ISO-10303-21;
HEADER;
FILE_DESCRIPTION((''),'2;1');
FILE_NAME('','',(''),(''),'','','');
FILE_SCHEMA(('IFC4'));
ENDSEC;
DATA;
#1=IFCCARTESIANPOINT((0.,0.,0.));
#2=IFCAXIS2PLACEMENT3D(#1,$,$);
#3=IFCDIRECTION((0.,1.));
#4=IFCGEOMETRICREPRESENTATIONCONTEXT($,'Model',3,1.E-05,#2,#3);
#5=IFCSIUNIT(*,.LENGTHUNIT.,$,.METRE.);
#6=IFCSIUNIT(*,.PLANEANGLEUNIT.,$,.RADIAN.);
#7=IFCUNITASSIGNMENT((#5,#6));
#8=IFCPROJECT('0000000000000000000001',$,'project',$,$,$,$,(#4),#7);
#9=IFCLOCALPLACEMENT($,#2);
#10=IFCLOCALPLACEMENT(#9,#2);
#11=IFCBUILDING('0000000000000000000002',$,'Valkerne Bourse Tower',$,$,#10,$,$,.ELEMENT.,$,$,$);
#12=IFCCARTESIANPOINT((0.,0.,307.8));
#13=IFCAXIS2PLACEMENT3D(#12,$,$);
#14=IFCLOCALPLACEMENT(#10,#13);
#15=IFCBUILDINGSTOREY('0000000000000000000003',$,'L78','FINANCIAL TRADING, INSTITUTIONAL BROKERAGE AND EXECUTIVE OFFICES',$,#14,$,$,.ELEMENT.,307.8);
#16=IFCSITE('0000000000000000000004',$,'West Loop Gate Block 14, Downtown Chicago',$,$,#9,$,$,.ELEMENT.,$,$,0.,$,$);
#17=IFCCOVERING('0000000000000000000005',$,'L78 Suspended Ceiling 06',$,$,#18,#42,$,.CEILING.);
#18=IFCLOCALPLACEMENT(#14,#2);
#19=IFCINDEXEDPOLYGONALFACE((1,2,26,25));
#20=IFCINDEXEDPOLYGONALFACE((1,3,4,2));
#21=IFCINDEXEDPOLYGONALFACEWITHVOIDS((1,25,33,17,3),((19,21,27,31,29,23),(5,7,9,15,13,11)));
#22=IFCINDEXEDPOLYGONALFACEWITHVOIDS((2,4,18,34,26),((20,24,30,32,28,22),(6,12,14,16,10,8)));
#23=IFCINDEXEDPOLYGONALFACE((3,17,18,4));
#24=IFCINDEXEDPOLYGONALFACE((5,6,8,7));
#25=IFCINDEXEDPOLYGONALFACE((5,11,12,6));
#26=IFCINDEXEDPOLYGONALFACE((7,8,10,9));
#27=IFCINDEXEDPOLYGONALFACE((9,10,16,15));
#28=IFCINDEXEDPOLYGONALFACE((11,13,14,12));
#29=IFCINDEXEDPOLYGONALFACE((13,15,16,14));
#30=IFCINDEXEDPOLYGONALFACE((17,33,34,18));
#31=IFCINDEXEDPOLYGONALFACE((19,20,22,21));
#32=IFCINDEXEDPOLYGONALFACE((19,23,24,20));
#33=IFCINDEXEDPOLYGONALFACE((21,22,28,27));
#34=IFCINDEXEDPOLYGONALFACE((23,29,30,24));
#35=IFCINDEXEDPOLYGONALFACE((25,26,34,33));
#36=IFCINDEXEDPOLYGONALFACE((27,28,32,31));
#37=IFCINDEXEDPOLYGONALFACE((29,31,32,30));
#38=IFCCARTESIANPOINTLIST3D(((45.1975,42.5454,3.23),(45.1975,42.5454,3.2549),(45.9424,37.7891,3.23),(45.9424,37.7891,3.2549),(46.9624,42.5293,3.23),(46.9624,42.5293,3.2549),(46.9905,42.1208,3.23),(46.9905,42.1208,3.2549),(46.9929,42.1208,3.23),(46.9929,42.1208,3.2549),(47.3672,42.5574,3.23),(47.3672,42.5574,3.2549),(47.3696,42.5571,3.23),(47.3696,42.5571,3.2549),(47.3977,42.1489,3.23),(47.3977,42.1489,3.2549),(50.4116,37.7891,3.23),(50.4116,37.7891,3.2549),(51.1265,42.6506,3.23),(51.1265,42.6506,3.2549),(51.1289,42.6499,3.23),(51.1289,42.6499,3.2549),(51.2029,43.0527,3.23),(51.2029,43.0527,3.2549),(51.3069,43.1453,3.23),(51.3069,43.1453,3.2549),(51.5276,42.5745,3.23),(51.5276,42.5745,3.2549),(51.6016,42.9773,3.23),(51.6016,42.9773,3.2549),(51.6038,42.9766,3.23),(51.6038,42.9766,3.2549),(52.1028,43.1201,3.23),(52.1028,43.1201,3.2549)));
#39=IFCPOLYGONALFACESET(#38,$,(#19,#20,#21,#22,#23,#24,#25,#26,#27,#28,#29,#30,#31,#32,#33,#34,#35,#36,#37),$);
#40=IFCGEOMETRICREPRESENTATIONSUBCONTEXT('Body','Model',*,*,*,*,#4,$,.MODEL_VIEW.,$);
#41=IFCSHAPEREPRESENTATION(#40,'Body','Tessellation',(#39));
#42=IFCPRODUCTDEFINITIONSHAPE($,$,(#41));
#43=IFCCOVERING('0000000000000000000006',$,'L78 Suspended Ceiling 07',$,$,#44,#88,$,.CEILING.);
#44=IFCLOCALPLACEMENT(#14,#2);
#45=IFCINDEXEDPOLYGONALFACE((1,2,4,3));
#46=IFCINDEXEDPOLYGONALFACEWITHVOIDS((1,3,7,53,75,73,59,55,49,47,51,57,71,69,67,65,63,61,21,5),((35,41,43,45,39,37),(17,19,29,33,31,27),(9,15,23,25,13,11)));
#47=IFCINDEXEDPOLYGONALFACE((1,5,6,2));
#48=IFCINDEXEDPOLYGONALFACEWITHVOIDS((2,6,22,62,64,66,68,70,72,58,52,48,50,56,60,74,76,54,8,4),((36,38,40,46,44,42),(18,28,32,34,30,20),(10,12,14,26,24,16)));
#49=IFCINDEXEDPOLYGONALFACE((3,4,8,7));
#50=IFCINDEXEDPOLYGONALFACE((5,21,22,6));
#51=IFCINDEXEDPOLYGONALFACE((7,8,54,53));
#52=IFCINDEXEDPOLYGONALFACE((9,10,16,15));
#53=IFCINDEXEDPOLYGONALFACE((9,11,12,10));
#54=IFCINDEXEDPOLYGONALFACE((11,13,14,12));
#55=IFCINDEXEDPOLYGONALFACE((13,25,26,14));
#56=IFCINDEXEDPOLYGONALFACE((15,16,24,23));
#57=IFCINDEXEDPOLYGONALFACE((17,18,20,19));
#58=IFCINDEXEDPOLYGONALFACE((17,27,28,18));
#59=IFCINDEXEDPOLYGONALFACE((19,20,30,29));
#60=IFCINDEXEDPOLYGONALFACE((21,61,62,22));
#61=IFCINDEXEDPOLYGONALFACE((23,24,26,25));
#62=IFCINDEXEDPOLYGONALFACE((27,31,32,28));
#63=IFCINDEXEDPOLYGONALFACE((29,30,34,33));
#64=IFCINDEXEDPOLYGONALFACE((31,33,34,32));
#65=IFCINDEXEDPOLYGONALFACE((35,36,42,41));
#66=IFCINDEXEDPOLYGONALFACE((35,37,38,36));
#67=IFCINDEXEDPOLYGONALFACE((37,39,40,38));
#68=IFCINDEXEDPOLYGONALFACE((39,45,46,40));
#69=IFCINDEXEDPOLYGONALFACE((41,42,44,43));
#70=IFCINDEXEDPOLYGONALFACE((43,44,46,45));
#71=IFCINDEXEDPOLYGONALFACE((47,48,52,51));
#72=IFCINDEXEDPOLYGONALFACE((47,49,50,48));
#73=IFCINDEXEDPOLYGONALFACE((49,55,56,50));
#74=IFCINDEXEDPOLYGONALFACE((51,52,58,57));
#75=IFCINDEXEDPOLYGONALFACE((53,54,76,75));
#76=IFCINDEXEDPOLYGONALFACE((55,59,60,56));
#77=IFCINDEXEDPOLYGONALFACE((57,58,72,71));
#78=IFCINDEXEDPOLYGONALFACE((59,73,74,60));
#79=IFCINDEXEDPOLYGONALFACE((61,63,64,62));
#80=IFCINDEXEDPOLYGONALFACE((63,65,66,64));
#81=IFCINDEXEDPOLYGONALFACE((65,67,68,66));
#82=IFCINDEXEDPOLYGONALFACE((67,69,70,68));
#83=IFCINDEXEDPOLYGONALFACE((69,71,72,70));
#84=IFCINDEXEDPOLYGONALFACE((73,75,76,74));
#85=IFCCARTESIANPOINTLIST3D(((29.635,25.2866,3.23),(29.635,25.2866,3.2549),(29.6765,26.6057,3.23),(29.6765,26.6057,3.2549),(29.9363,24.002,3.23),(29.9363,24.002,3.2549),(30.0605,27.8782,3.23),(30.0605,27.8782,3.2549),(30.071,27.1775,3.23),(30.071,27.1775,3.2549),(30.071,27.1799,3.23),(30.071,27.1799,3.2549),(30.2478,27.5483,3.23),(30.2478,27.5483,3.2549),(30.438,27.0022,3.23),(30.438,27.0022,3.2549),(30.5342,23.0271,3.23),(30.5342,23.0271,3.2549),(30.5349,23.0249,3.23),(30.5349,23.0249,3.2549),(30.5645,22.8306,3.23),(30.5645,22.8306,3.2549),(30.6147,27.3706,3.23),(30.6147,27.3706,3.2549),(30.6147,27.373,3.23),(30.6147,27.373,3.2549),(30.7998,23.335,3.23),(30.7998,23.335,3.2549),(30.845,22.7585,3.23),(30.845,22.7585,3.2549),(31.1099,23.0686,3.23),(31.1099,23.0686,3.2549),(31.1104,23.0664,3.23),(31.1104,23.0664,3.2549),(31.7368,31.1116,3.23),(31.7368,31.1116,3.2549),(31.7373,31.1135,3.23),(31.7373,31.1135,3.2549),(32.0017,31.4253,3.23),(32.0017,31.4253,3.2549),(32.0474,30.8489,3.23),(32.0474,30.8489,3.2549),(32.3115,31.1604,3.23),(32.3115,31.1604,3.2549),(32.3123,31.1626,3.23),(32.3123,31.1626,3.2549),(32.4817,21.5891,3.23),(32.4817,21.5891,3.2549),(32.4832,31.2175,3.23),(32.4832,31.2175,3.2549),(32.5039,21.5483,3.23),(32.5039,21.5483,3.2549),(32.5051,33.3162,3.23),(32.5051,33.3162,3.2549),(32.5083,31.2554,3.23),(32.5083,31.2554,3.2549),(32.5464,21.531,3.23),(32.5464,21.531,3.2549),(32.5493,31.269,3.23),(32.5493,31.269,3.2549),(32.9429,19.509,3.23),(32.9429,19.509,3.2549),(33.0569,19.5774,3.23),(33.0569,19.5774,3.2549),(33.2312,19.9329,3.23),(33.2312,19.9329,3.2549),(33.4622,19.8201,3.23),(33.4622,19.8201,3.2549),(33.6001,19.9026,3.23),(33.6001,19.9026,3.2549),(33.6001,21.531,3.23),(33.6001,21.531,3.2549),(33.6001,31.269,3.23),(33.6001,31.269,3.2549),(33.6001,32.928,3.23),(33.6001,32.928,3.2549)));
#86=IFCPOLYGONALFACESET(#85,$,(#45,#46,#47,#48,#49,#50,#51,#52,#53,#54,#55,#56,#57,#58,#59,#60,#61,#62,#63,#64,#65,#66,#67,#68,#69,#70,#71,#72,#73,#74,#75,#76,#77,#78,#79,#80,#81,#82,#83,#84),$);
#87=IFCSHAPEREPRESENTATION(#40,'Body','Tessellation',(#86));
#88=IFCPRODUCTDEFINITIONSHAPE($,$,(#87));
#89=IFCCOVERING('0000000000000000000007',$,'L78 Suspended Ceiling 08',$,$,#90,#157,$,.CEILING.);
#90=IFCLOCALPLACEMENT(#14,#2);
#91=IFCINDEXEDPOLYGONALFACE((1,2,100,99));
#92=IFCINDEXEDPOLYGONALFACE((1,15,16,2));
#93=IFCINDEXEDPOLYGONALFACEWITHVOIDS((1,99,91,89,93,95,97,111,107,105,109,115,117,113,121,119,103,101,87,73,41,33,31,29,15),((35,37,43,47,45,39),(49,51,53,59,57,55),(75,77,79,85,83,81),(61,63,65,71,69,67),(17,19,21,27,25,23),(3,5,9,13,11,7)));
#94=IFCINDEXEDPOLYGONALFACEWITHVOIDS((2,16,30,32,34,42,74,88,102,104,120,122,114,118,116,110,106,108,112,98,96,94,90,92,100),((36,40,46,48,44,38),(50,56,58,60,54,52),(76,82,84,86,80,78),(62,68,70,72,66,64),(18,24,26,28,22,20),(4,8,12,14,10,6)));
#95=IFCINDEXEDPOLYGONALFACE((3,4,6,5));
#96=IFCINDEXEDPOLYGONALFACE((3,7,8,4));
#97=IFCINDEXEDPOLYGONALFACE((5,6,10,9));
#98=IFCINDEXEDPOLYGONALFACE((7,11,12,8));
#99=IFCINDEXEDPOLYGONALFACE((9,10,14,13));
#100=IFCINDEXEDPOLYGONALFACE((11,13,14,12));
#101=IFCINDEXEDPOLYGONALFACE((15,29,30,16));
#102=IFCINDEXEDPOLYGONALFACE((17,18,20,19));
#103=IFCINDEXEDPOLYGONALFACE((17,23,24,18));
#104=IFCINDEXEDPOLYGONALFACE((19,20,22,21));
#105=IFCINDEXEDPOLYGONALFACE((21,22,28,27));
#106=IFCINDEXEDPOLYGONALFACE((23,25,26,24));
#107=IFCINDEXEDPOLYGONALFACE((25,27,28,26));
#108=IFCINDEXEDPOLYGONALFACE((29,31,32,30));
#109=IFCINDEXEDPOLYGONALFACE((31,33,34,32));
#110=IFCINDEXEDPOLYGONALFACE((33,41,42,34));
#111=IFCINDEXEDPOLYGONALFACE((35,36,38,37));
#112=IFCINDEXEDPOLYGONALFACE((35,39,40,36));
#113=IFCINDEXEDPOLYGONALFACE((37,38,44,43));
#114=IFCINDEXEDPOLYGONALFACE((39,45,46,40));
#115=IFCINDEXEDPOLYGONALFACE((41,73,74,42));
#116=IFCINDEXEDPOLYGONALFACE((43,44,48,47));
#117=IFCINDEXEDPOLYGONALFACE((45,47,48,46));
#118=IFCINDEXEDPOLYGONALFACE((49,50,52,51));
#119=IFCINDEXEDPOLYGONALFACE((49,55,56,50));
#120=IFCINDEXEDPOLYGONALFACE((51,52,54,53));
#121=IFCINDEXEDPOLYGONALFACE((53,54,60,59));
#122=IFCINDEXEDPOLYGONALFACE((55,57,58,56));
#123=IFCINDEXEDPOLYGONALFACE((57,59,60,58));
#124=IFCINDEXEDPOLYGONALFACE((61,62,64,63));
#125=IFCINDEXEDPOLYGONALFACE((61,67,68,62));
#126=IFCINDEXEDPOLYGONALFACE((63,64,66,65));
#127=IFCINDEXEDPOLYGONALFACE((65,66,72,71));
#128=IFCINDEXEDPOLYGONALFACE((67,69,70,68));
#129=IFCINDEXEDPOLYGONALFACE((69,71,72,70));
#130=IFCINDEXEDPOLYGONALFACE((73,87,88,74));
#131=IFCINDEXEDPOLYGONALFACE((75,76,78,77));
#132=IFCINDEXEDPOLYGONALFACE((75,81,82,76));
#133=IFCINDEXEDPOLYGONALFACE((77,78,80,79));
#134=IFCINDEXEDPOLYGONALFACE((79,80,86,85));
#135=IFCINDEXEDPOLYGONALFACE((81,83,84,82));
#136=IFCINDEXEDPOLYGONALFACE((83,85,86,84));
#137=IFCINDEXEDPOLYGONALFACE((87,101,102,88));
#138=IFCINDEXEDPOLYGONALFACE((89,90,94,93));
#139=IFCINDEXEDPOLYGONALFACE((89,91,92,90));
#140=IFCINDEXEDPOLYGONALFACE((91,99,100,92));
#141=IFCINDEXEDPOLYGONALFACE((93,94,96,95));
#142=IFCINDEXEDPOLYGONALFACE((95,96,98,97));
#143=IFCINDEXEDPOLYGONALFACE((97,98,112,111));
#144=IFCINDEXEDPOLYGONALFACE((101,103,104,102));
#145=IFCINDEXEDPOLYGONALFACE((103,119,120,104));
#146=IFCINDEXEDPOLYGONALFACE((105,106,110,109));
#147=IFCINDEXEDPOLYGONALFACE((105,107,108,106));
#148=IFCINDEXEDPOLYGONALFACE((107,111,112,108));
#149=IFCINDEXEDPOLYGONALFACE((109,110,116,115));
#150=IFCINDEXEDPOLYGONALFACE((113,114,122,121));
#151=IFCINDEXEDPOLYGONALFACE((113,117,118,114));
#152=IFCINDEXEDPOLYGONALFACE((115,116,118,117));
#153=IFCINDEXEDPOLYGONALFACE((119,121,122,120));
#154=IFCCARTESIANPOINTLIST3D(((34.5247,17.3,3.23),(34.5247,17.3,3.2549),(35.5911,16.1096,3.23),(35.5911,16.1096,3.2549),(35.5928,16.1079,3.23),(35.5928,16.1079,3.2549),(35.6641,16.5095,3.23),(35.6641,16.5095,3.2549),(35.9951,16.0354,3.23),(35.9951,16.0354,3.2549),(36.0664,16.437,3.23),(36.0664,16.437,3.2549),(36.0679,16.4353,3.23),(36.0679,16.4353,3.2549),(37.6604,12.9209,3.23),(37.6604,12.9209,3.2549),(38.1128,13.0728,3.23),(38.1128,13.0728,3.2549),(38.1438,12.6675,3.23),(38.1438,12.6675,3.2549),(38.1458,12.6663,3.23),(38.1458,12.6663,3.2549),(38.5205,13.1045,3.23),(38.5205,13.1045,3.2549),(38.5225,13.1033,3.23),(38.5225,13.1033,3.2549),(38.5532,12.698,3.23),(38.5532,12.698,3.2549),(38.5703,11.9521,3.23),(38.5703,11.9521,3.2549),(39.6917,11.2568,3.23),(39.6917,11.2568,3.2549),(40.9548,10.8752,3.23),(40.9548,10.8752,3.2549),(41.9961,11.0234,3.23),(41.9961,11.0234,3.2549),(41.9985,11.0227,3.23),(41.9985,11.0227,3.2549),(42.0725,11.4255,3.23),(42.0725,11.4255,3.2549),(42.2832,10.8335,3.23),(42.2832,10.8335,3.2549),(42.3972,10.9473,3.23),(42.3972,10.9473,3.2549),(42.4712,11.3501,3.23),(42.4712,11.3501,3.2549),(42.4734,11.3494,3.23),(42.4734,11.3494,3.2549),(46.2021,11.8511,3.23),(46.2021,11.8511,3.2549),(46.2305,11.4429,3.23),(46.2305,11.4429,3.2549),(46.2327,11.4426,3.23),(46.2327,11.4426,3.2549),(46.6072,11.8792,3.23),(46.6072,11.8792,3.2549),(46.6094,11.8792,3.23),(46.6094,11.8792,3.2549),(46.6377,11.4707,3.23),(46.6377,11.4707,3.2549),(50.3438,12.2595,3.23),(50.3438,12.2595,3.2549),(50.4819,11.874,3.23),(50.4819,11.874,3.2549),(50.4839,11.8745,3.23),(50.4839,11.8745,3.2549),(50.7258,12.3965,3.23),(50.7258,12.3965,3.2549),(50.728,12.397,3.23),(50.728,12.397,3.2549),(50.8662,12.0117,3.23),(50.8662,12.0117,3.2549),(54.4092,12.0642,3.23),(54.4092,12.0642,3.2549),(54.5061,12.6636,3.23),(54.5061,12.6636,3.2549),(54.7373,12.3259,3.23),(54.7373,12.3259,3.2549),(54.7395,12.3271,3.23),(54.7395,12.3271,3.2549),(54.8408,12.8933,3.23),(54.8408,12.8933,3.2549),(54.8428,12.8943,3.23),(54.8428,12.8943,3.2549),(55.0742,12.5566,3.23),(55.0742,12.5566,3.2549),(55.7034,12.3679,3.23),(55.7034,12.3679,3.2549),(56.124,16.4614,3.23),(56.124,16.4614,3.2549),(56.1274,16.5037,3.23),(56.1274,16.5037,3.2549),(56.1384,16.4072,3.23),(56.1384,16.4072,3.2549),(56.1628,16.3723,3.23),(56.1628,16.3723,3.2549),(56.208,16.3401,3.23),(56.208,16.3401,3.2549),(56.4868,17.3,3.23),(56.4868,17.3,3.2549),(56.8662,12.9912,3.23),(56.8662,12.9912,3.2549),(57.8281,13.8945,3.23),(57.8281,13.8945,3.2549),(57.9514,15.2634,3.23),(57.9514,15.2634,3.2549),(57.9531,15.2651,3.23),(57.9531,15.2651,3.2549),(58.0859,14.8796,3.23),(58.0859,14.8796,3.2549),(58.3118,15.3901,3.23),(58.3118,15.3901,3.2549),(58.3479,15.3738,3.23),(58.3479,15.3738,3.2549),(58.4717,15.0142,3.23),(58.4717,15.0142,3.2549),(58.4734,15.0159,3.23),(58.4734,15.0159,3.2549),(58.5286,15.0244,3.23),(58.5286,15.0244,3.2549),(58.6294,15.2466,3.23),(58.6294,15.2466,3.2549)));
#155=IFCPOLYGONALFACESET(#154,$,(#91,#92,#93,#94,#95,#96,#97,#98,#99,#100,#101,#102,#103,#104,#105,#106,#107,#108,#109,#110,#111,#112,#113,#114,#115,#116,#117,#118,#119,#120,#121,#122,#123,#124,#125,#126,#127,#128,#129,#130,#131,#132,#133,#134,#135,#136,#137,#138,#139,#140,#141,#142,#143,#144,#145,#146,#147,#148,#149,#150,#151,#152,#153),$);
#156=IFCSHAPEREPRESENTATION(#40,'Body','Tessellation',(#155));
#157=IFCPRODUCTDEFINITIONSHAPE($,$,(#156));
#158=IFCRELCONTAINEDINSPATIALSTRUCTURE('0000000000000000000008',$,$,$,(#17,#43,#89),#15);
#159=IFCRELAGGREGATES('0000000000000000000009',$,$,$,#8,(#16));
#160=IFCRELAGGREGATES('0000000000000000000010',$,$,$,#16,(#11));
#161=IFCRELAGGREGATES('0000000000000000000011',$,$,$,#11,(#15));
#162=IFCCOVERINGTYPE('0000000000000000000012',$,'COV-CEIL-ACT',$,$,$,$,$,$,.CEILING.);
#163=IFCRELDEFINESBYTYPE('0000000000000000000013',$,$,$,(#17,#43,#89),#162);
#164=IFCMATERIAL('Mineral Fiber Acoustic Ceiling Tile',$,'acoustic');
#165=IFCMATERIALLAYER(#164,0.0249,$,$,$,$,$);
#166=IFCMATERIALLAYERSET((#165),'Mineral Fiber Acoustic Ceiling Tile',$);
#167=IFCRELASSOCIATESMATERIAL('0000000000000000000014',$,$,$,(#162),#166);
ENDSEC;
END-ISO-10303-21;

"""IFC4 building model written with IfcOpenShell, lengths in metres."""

from ifc_helpers import new_model, si_unit, direction, frame, origin, place, context, subcontext, project, spatial, polyline, outline, extrude, material, layer, layer_set, type_object, element, save


model = new_model("IFC4")

# Units and contexts
model_context = context("Model", 3, precision=1e-05, world=origin(), true_north=direction((0.0, 1.0)))
body_context = subcontext(model_context, "Body", "Model", "MODEL_VIEW")
ifc_project = project(units=[si_unit("LENGTHUNIT", "METRE"), si_unit("PLANEANGLEUNIT", "RADIAN")], contexts=[model_context])

# Site, building, storey
site_placement = place(None, origin())
site = spatial("IfcSite", under=ifc_project, at=site_placement, Name="West Loop Gate Block 14, Downtown Chicago", CompositionType="ELEMENT", RefElevation=0.0)
building_placement = place(site_placement, origin())
building = spatial("IfcBuilding", under=site, at=building_placement, Name="Valkerne Bourse Tower", CompositionType="ELEMENT")
storey_placement = place(building_placement, frame((0.0, 0.0, 307.8)))
storey = spatial("IfcBuildingStorey", under=building, at=storey_placement, Name="L78", Description="FINANCIAL TRADING, INSTITUTIONAL BROKERAGE AND EXECUTIVE OFFICES", CompositionType="ELEMENT", Elevation=307.8)

# Coverings
ifc_material_1 = material(Name="Mineral Fiber Acoustic Ceiling Tile", Category="acoustic")
ifc_layer_1 = layer(ifc_material_1, 0.0249)
ifc_layer_set_1 = layer_set([ifc_layer_1], Name="Mineral Fiber Acoustic Ceiling Tile")
covering_type_1 = type_object("IfcCoveringType", Name="COV-CEIL-ACT", PredefinedType="CEILING", material=ifc_layer_set_1)
covering_1_placement = place(storey_placement, frame((0.0, 0.0, 3.23)))
element("IfcCovering", 1, at=covering_1_placement, inside=storey, type_object=covering_type_1, Name="L78 Suspended Ceiling 06", PredefinedType="CEILING", context=body_context, shape_type="SweptSolid", body=[
    extrude(outline(polyline([(50.4116, 37.7891), (45.9424, 37.7891), (45.1975, 42.5454), (51.3069, 43.1453), (52.1028, 43.1201), (50.4116, 37.7891)]), holes=[polyline([(47.3696, 42.5571), (47.3672, 42.5574), (46.9624, 42.5293), (46.9905, 42.1208), (46.9929, 42.1208), (47.3977, 42.1489), (47.3696, 42.5571)]), polyline([(51.6038, 42.9766), (51.6016, 42.9773), (51.2029, 43.0527), (51.1265, 42.6506), (51.1289, 42.6499), (51.5276, 42.5745), (51.6038, 42.9766)])]), origin(), (0.0, 0.0, 1.0), 0.0249),
])
covering_2_placement = place(storey_placement, frame((0.0, 0.0, 3.23)))
element("IfcCovering", 2, at=covering_2_placement, inside=storey, type_object=covering_type_1, Name="L78 Suspended Ceiling 07", PredefinedType="CEILING", context=body_context, shape_type="SweptSolid", body=[
    extrude(outline(polyline([(29.635, 25.2866), (29.6765, 26.6057), (30.0605, 27.8782), (32.5051, 33.3162), (33.6001, 32.928), (33.6001, 31.269), (32.5493, 31.269), (32.5083, 31.2554), (32.4832, 31.2175), (32.4817, 21.5891), (32.5039, 21.5483), (32.5464, 21.531), (33.6001, 21.531), (33.6001, 19.9026), (33.4622, 19.8201), (33.2312, 19.9329), (33.0569, 19.5774), (32.9429, 19.509), (30.5645, 22.8306), (29.9363, 24.002), (29.635, 25.2866)]), holes=[polyline([(31.1099, 23.0686), (30.7998, 23.335), (30.5342, 23.0271), (30.5349, 23.0249), (30.845, 22.7585), (31.1104, 23.0664), (31.1099, 23.0686)]), polyline([(30.6147, 27.373), (30.2478, 27.5483), (30.071, 27.1799), (30.071, 27.1775), (30.438, 27.0022), (30.6147, 27.3706), (30.6147, 27.373)]), polyline([(32.3123, 31.1626), (32.0017, 31.4253), (31.7373, 31.1135), (31.7368, 31.1116), (32.0474, 30.8489), (32.3115, 31.1604), (32.3123, 31.1626)])]), origin(), (0.0, 0.0, 1.0), 0.0249),
])
covering_3_placement = place(storey_placement, frame((0.0, 0.0, 3.23)))
element("IfcCovering", 3, at=covering_3_placement, inside=storey, type_object=covering_type_1, Name="L78 Suspended Ceiling 08", PredefinedType="CEILING", context=body_context, shape_type="SweptSolid", body=[
    extrude(outline(polyline([(54.4092, 12.0642), (42.2832, 10.8335), (40.9548, 10.8752), (39.6917, 11.2568), (38.5703, 11.9521), (37.6604, 12.9209), (34.5247, 17.3), (56.4868, 17.3), (56.1274, 16.5037), (56.124, 16.4614), (56.1384, 16.4072), (56.1628, 16.3723), (56.208, 16.3401), (58.3118, 15.3901), (57.9531, 15.2651), (57.9514, 15.2634), (58.0859, 14.8796), (58.4717, 15.0142), (58.4734, 15.0159), (58.3479, 15.3738), (58.6294, 15.2466), (58.5286, 15.0244), (57.8281, 13.8945), (56.8662, 12.9912), (55.7034, 12.3679), (54.4092, 12.0642)]), holes=[polyline([(42.4712, 11.3501), (42.0725, 11.4255), (41.9961, 11.0234), (41.9985, 11.0227), (42.3972, 10.9473), (42.4734, 11.3494), (42.4712, 11.3501)]), polyline([(46.6094, 11.8792), (46.6072, 11.8792), (46.2021, 11.8511), (46.2305, 11.4429), (46.2327, 11.4426), (46.6377, 11.4707), (46.6094, 11.8792)]), polyline([(38.5225, 13.1033), (38.5205, 13.1045), (38.1128, 13.0728), (38.1438, 12.6675), (38.1458, 12.6663), (38.5532, 12.698), (38.5225, 13.1033)]), polyline([(36.0664, 16.437), (35.6641, 16.5095), (35.5911, 16.1096), (35.5928, 16.1079), (35.9951, 16.0354), (36.0679, 16.4353), (36.0664, 16.437)]), polyline([(50.8662, 12.0117), (50.728, 12.397), (50.7258, 12.3965), (50.3438, 12.2595), (50.4819, 11.874), (50.4839, 11.8745), (50.8662, 12.0117)]), polyline([(55.0742, 12.5566), (54.8428, 12.8943), (54.8408, 12.8933), (54.5061, 12.6636), (54.7373, 12.3259), (54.7395, 12.3271), (55.0742, 12.5566)])]), origin(), (0.0, 0.0, 1.0), 0.0249),
])

save(model, "model.ifc")
